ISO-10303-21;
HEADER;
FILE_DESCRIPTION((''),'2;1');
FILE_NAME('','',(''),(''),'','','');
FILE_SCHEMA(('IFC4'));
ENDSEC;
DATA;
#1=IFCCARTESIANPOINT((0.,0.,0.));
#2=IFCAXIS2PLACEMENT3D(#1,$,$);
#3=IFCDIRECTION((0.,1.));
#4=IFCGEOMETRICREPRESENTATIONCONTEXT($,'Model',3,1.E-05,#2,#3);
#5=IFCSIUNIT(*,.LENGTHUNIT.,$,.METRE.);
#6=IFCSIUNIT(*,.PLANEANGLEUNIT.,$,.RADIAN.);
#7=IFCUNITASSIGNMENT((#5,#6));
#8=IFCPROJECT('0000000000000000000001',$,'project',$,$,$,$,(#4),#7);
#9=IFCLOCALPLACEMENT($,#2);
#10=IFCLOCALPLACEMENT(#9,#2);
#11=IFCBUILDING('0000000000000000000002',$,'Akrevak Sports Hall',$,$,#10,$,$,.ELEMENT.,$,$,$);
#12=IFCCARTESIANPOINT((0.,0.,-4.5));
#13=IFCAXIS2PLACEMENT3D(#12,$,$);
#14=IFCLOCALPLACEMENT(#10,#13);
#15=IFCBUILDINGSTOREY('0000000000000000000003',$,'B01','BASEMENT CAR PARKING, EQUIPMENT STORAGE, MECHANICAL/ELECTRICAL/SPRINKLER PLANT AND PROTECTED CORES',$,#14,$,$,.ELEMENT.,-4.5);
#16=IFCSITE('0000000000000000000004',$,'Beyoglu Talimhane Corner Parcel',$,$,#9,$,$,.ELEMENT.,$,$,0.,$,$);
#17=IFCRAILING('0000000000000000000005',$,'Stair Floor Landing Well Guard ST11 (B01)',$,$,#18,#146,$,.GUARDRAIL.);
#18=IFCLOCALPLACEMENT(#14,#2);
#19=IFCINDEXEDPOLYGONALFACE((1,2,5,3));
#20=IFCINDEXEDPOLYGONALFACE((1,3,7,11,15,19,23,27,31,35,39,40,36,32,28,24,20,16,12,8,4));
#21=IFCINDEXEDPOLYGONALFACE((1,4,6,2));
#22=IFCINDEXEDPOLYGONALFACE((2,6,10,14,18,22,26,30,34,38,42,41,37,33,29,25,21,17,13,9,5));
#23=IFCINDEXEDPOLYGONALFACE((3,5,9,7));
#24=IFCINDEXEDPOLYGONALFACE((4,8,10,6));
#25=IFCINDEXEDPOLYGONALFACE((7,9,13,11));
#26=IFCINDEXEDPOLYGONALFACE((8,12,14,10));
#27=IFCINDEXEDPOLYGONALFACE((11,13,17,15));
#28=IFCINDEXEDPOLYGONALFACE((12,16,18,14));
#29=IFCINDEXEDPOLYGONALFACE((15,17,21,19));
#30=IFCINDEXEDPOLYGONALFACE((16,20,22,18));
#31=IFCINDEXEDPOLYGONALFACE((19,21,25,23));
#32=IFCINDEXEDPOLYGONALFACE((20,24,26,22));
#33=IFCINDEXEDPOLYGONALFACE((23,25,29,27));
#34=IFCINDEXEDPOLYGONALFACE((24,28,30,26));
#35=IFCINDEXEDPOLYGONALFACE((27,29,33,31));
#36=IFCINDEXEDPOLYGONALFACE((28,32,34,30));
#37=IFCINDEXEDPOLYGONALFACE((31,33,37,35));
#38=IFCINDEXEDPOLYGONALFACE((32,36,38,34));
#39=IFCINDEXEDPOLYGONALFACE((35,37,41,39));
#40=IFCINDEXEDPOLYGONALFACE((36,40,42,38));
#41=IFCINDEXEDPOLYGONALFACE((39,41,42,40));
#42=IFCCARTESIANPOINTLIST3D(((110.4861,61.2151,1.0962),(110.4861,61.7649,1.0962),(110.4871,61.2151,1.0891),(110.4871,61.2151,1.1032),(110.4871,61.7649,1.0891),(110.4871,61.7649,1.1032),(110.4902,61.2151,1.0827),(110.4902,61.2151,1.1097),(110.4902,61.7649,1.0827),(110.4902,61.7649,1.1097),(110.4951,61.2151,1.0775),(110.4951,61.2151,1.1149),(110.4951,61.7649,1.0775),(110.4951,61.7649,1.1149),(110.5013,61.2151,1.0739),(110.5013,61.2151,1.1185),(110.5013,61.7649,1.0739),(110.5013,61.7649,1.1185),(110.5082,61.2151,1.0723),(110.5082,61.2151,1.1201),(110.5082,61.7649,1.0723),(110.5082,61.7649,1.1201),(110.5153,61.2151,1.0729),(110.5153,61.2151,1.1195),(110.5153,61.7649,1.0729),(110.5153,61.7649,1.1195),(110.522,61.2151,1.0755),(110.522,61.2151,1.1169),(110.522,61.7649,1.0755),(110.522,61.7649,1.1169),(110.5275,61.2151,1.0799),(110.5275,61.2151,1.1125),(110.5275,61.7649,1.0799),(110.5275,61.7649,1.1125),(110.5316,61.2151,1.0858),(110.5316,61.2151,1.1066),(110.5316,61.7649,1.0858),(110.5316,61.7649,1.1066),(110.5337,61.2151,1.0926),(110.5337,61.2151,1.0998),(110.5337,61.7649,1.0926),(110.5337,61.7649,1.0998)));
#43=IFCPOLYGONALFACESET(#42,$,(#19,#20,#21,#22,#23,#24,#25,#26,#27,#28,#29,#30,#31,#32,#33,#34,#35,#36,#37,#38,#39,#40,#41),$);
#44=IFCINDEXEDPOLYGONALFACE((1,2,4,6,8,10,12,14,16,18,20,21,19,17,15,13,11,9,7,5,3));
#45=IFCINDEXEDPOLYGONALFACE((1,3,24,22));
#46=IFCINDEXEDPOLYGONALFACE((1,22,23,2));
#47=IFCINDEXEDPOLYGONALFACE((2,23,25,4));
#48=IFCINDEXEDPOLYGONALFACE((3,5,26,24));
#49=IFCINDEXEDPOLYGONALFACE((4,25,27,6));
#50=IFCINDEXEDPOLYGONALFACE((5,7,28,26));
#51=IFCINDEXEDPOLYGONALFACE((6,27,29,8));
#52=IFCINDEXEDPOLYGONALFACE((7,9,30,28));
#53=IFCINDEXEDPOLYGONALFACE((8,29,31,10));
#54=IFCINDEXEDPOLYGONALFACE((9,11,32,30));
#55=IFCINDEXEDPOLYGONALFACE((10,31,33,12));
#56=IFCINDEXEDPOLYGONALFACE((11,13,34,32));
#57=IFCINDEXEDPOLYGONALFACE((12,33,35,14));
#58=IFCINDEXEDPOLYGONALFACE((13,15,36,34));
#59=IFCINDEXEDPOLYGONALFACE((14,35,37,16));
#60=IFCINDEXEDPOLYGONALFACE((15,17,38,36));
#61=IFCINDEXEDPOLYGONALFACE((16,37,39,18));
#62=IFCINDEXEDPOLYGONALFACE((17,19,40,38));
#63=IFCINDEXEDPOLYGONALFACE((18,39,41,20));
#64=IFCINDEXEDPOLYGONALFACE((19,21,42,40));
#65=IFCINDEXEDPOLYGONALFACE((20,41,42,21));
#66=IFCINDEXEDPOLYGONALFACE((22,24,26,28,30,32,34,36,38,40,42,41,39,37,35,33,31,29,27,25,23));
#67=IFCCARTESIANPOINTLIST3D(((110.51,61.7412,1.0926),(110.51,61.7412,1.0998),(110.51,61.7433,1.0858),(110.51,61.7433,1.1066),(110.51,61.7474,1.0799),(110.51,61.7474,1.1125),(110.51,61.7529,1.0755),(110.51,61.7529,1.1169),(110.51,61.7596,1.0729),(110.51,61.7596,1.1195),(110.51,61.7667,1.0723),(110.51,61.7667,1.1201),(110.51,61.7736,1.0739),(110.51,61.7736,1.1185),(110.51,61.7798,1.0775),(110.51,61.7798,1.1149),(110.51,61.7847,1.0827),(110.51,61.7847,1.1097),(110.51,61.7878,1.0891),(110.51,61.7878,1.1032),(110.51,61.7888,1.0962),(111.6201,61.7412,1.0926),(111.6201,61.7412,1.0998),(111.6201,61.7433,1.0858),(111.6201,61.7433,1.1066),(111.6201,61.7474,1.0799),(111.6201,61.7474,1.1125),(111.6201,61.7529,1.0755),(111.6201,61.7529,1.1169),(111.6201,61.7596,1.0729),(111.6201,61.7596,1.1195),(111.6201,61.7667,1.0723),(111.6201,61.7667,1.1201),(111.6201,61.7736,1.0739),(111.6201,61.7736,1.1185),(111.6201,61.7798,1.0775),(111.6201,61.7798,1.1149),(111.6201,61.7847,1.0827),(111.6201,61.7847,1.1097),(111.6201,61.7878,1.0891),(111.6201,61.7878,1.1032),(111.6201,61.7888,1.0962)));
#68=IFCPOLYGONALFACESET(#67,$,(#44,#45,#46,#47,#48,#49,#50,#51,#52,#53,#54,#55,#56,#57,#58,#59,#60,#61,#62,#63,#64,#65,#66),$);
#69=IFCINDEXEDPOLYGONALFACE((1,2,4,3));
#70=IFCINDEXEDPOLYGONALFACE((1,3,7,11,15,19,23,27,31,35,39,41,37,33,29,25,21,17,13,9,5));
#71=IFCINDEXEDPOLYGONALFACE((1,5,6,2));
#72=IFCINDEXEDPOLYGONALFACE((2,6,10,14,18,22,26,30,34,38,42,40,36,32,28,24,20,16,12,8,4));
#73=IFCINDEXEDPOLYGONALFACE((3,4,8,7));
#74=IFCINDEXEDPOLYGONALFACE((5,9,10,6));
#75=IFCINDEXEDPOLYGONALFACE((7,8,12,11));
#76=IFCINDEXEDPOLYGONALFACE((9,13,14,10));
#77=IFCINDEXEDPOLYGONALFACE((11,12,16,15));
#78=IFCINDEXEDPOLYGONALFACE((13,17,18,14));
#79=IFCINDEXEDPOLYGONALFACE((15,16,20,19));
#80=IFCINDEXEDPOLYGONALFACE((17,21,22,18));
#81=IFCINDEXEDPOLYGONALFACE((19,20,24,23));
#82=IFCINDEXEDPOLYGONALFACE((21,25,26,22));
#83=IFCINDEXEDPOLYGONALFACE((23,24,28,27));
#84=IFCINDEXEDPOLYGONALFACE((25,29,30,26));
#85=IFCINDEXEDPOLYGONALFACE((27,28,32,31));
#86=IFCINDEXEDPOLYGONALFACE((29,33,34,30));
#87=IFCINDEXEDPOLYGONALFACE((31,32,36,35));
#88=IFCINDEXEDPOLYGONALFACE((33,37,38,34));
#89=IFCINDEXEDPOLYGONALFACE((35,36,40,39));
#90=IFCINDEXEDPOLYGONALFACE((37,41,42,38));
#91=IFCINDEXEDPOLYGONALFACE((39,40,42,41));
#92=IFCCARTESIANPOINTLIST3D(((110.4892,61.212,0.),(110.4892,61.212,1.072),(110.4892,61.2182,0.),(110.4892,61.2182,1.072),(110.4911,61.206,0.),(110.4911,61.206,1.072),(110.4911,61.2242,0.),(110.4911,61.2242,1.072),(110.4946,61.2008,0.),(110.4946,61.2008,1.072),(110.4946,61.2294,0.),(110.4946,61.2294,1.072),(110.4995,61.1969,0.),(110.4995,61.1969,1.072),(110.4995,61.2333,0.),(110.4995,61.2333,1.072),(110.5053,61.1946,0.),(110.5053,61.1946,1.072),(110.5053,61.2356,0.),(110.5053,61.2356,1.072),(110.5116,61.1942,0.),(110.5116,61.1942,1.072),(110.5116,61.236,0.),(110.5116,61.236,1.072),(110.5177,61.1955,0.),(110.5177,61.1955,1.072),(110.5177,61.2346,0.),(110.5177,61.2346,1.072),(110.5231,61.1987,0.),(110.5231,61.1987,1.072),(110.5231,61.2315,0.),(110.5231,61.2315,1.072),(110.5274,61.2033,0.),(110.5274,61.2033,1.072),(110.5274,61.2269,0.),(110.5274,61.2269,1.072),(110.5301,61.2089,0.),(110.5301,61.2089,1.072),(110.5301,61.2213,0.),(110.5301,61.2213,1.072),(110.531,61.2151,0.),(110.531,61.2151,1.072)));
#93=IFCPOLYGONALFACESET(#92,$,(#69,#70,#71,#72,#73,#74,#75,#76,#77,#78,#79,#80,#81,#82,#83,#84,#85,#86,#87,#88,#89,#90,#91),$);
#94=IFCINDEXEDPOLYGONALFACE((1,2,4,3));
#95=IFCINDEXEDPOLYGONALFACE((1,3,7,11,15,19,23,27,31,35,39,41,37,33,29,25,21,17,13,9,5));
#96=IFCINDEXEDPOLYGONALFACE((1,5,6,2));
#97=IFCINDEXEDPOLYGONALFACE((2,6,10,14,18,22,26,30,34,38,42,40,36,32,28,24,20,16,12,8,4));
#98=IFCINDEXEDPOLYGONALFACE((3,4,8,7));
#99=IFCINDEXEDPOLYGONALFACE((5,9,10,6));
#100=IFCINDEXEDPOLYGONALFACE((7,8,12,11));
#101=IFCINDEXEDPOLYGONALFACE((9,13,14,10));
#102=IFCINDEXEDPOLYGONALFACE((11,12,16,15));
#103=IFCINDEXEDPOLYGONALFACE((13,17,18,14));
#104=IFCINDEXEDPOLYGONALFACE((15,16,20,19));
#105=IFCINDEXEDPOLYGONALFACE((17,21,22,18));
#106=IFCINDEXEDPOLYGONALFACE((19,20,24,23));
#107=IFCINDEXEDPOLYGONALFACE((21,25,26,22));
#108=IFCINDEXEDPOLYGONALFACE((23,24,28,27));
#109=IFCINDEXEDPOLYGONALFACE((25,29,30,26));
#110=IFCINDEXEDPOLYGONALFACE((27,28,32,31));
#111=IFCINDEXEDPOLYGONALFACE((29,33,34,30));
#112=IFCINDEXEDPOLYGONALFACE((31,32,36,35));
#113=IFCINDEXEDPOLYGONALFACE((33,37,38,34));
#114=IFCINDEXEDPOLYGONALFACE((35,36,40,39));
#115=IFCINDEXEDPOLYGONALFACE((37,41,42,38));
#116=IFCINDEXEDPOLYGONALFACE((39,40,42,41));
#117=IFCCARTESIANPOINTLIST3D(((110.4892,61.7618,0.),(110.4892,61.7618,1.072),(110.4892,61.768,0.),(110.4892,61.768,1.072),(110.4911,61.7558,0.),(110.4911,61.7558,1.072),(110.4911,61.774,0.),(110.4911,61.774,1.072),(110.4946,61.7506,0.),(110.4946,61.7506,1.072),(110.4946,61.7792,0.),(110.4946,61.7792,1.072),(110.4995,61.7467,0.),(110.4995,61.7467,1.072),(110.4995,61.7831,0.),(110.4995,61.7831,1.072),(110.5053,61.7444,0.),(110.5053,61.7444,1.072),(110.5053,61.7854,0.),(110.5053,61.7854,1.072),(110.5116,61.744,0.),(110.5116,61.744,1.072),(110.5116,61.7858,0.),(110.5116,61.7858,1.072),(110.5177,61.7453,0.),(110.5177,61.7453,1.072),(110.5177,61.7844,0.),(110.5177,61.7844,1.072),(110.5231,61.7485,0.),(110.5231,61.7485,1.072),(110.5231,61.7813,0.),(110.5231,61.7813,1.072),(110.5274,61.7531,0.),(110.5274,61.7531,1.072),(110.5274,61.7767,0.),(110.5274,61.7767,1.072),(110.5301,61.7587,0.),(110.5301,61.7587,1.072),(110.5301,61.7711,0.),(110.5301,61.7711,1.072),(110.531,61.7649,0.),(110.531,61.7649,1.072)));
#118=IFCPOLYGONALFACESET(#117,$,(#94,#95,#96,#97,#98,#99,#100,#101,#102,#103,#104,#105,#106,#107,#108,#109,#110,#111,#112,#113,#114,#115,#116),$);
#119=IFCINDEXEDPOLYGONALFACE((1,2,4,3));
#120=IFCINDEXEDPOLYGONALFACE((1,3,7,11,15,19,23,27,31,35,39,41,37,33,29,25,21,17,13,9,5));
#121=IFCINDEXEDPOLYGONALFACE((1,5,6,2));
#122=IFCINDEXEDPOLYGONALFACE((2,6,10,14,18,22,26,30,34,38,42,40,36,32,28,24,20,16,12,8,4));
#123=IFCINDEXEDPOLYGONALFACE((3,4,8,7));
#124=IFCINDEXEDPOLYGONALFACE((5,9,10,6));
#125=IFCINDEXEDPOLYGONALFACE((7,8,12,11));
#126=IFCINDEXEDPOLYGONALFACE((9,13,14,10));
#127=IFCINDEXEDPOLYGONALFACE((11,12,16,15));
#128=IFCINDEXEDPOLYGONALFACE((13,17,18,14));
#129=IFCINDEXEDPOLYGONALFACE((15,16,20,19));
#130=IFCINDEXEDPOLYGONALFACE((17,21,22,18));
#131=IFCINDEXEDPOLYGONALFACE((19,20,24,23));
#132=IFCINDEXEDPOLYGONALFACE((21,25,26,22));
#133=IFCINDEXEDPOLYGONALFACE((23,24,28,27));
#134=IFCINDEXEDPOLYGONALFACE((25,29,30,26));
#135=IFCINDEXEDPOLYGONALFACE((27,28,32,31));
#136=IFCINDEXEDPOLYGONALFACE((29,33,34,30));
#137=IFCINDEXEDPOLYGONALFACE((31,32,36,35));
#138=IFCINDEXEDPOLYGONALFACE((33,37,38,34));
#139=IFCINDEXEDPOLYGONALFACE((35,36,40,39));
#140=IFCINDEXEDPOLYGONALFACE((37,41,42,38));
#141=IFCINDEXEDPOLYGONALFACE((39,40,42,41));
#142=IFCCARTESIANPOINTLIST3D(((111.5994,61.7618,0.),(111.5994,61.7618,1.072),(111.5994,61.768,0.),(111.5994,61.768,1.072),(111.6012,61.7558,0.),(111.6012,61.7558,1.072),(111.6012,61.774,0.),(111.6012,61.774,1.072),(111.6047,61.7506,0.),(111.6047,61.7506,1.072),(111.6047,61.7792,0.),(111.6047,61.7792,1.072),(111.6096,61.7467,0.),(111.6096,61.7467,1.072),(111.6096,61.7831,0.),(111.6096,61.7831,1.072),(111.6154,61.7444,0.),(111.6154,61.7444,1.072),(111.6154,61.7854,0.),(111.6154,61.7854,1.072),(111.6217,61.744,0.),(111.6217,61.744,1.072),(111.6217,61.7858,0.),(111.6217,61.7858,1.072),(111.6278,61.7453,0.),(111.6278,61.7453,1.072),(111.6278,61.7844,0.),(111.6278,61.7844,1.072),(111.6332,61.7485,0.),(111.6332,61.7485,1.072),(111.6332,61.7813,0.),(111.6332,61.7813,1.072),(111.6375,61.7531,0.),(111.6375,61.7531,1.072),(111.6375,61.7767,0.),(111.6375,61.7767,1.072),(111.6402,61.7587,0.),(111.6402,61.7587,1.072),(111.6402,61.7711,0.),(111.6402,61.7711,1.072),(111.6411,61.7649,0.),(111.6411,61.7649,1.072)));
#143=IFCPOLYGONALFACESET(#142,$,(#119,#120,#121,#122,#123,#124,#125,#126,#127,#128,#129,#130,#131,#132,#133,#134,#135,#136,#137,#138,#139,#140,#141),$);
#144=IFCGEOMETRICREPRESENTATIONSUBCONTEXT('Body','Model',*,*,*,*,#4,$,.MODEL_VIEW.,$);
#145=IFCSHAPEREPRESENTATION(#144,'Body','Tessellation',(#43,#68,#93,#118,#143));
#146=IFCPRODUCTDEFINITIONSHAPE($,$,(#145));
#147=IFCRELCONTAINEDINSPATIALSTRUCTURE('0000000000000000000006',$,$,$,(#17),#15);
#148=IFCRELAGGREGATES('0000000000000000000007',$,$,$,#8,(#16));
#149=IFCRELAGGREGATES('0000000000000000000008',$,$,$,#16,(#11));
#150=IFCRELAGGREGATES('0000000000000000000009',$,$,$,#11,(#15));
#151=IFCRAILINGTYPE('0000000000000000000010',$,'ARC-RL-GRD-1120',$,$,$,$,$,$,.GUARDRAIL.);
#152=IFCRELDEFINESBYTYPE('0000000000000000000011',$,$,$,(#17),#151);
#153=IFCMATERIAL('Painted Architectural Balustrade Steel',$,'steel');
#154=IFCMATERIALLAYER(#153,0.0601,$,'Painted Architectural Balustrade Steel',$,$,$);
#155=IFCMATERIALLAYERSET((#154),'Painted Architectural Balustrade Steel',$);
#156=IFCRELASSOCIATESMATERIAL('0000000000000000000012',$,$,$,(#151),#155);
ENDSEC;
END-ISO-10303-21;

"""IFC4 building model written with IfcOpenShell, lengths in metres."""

from ifc_helpers import new_model, si_unit, direction, frame, origin, origin_2d, place, context, subcontext, project, spatial, circle, extrude, material, layer, layer_set, type_object, element, save


model = new_model("IFC4")

# Units and contexts
model_context = context("Model", 3, precision=1e-05, world=origin(), true_north=direction((0.0, 1.0)))
body_context = subcontext(model_context, "Body", "Model", "MODEL_VIEW")
ifc_project = project(units=[si_unit("LENGTHUNIT", "METRE"), si_unit("PLANEANGLEUNIT", "RADIAN")], contexts=[model_context])

# Site, building, storey
site_placement = place(None, origin())
site = spatial("IfcSite", under=ifc_project, at=site_placement, Name="Beyoglu Talimhane Corner Parcel", CompositionType="ELEMENT", RefElevation=0.0)
building_placement = place(site_placement, origin())
building = spatial("IfcBuilding", under=site, at=building_placement, Name="Akrevak Sports Hall", CompositionType="ELEMENT")
storey_placement = place(building_placement, frame((0.0, 0.0, -4.5)))
storey = spatial("IfcBuildingStorey", under=building, at=storey_placement, Name="B01", Description="BASEMENT CAR PARKING, EQUIPMENT STORAGE, MECHANICAL/ELECTRICAL/SPRINKLER PLANT AND PROTECTED CORES", CompositionType="ELEMENT", Elevation=-4.5)

# Railing
ifc_material_1 = material(Name="Painted Architectural Balustrade Steel", Category="steel")
ifc_layer_1 = layer(ifc_material_1, 0.0601, Name="Painted Architectural Balustrade Steel")
ifc_layer_set_1 = layer_set([ifc_layer_1], Name="Painted Architectural Balustrade Steel")
railing_type_1 = type_object("IfcRailingType", Name="ARC-RL-GRD-1120", PredefinedType="GUARDRAIL", material=ifc_layer_set_1)
railing_1_placement = place(storey_placement, frame((110.51, 61.2151, 0.0)))
element("IfcRailing", 1, at=railing_1_placement, inside=storey, type_object=railing_type_1, Name="Stair Floor Landing Well Guard ST11 (B01)", PredefinedType="GUARDRAIL", context=body_context, shape_type="SweptSolid", body=[
    extrude(circle(Radius=0.0239, at=origin_2d()), frame((0.0, 0.0, 1.0962), z_axis=(0.0, 1.0, 0.0), x_axis=(-1.0, 0.0, 0.0)), (0.0, 0.0, 1.0), 0.5498),
    extrude(circle(Radius=0.0239, at=origin_2d()), frame((0.0, 0.5498, 1.0962), z_axis=(1.0, 0.0, 0.0), x_axis=(0.0, 1.0, 0.0)), (0.0, 0.0, 1.0), 1.1101),
    extrude(circle(Radius=0.021, at=origin_2d()), origin(), (0.0, 0.0, 1.0), 1.072),
    extrude(circle(Radius=0.021, at=origin_2d()), frame((0.0, 0.5498, 0.0)), (0.0, 0.0, 1.0), 1.072),
    extrude(circle(Radius=0.021, at=origin_2d()), frame((1.1101, 0.5498, 0.0)), (0.0, 0.0, 1.0), 1.072),
])

save(model, "model.ifc")
